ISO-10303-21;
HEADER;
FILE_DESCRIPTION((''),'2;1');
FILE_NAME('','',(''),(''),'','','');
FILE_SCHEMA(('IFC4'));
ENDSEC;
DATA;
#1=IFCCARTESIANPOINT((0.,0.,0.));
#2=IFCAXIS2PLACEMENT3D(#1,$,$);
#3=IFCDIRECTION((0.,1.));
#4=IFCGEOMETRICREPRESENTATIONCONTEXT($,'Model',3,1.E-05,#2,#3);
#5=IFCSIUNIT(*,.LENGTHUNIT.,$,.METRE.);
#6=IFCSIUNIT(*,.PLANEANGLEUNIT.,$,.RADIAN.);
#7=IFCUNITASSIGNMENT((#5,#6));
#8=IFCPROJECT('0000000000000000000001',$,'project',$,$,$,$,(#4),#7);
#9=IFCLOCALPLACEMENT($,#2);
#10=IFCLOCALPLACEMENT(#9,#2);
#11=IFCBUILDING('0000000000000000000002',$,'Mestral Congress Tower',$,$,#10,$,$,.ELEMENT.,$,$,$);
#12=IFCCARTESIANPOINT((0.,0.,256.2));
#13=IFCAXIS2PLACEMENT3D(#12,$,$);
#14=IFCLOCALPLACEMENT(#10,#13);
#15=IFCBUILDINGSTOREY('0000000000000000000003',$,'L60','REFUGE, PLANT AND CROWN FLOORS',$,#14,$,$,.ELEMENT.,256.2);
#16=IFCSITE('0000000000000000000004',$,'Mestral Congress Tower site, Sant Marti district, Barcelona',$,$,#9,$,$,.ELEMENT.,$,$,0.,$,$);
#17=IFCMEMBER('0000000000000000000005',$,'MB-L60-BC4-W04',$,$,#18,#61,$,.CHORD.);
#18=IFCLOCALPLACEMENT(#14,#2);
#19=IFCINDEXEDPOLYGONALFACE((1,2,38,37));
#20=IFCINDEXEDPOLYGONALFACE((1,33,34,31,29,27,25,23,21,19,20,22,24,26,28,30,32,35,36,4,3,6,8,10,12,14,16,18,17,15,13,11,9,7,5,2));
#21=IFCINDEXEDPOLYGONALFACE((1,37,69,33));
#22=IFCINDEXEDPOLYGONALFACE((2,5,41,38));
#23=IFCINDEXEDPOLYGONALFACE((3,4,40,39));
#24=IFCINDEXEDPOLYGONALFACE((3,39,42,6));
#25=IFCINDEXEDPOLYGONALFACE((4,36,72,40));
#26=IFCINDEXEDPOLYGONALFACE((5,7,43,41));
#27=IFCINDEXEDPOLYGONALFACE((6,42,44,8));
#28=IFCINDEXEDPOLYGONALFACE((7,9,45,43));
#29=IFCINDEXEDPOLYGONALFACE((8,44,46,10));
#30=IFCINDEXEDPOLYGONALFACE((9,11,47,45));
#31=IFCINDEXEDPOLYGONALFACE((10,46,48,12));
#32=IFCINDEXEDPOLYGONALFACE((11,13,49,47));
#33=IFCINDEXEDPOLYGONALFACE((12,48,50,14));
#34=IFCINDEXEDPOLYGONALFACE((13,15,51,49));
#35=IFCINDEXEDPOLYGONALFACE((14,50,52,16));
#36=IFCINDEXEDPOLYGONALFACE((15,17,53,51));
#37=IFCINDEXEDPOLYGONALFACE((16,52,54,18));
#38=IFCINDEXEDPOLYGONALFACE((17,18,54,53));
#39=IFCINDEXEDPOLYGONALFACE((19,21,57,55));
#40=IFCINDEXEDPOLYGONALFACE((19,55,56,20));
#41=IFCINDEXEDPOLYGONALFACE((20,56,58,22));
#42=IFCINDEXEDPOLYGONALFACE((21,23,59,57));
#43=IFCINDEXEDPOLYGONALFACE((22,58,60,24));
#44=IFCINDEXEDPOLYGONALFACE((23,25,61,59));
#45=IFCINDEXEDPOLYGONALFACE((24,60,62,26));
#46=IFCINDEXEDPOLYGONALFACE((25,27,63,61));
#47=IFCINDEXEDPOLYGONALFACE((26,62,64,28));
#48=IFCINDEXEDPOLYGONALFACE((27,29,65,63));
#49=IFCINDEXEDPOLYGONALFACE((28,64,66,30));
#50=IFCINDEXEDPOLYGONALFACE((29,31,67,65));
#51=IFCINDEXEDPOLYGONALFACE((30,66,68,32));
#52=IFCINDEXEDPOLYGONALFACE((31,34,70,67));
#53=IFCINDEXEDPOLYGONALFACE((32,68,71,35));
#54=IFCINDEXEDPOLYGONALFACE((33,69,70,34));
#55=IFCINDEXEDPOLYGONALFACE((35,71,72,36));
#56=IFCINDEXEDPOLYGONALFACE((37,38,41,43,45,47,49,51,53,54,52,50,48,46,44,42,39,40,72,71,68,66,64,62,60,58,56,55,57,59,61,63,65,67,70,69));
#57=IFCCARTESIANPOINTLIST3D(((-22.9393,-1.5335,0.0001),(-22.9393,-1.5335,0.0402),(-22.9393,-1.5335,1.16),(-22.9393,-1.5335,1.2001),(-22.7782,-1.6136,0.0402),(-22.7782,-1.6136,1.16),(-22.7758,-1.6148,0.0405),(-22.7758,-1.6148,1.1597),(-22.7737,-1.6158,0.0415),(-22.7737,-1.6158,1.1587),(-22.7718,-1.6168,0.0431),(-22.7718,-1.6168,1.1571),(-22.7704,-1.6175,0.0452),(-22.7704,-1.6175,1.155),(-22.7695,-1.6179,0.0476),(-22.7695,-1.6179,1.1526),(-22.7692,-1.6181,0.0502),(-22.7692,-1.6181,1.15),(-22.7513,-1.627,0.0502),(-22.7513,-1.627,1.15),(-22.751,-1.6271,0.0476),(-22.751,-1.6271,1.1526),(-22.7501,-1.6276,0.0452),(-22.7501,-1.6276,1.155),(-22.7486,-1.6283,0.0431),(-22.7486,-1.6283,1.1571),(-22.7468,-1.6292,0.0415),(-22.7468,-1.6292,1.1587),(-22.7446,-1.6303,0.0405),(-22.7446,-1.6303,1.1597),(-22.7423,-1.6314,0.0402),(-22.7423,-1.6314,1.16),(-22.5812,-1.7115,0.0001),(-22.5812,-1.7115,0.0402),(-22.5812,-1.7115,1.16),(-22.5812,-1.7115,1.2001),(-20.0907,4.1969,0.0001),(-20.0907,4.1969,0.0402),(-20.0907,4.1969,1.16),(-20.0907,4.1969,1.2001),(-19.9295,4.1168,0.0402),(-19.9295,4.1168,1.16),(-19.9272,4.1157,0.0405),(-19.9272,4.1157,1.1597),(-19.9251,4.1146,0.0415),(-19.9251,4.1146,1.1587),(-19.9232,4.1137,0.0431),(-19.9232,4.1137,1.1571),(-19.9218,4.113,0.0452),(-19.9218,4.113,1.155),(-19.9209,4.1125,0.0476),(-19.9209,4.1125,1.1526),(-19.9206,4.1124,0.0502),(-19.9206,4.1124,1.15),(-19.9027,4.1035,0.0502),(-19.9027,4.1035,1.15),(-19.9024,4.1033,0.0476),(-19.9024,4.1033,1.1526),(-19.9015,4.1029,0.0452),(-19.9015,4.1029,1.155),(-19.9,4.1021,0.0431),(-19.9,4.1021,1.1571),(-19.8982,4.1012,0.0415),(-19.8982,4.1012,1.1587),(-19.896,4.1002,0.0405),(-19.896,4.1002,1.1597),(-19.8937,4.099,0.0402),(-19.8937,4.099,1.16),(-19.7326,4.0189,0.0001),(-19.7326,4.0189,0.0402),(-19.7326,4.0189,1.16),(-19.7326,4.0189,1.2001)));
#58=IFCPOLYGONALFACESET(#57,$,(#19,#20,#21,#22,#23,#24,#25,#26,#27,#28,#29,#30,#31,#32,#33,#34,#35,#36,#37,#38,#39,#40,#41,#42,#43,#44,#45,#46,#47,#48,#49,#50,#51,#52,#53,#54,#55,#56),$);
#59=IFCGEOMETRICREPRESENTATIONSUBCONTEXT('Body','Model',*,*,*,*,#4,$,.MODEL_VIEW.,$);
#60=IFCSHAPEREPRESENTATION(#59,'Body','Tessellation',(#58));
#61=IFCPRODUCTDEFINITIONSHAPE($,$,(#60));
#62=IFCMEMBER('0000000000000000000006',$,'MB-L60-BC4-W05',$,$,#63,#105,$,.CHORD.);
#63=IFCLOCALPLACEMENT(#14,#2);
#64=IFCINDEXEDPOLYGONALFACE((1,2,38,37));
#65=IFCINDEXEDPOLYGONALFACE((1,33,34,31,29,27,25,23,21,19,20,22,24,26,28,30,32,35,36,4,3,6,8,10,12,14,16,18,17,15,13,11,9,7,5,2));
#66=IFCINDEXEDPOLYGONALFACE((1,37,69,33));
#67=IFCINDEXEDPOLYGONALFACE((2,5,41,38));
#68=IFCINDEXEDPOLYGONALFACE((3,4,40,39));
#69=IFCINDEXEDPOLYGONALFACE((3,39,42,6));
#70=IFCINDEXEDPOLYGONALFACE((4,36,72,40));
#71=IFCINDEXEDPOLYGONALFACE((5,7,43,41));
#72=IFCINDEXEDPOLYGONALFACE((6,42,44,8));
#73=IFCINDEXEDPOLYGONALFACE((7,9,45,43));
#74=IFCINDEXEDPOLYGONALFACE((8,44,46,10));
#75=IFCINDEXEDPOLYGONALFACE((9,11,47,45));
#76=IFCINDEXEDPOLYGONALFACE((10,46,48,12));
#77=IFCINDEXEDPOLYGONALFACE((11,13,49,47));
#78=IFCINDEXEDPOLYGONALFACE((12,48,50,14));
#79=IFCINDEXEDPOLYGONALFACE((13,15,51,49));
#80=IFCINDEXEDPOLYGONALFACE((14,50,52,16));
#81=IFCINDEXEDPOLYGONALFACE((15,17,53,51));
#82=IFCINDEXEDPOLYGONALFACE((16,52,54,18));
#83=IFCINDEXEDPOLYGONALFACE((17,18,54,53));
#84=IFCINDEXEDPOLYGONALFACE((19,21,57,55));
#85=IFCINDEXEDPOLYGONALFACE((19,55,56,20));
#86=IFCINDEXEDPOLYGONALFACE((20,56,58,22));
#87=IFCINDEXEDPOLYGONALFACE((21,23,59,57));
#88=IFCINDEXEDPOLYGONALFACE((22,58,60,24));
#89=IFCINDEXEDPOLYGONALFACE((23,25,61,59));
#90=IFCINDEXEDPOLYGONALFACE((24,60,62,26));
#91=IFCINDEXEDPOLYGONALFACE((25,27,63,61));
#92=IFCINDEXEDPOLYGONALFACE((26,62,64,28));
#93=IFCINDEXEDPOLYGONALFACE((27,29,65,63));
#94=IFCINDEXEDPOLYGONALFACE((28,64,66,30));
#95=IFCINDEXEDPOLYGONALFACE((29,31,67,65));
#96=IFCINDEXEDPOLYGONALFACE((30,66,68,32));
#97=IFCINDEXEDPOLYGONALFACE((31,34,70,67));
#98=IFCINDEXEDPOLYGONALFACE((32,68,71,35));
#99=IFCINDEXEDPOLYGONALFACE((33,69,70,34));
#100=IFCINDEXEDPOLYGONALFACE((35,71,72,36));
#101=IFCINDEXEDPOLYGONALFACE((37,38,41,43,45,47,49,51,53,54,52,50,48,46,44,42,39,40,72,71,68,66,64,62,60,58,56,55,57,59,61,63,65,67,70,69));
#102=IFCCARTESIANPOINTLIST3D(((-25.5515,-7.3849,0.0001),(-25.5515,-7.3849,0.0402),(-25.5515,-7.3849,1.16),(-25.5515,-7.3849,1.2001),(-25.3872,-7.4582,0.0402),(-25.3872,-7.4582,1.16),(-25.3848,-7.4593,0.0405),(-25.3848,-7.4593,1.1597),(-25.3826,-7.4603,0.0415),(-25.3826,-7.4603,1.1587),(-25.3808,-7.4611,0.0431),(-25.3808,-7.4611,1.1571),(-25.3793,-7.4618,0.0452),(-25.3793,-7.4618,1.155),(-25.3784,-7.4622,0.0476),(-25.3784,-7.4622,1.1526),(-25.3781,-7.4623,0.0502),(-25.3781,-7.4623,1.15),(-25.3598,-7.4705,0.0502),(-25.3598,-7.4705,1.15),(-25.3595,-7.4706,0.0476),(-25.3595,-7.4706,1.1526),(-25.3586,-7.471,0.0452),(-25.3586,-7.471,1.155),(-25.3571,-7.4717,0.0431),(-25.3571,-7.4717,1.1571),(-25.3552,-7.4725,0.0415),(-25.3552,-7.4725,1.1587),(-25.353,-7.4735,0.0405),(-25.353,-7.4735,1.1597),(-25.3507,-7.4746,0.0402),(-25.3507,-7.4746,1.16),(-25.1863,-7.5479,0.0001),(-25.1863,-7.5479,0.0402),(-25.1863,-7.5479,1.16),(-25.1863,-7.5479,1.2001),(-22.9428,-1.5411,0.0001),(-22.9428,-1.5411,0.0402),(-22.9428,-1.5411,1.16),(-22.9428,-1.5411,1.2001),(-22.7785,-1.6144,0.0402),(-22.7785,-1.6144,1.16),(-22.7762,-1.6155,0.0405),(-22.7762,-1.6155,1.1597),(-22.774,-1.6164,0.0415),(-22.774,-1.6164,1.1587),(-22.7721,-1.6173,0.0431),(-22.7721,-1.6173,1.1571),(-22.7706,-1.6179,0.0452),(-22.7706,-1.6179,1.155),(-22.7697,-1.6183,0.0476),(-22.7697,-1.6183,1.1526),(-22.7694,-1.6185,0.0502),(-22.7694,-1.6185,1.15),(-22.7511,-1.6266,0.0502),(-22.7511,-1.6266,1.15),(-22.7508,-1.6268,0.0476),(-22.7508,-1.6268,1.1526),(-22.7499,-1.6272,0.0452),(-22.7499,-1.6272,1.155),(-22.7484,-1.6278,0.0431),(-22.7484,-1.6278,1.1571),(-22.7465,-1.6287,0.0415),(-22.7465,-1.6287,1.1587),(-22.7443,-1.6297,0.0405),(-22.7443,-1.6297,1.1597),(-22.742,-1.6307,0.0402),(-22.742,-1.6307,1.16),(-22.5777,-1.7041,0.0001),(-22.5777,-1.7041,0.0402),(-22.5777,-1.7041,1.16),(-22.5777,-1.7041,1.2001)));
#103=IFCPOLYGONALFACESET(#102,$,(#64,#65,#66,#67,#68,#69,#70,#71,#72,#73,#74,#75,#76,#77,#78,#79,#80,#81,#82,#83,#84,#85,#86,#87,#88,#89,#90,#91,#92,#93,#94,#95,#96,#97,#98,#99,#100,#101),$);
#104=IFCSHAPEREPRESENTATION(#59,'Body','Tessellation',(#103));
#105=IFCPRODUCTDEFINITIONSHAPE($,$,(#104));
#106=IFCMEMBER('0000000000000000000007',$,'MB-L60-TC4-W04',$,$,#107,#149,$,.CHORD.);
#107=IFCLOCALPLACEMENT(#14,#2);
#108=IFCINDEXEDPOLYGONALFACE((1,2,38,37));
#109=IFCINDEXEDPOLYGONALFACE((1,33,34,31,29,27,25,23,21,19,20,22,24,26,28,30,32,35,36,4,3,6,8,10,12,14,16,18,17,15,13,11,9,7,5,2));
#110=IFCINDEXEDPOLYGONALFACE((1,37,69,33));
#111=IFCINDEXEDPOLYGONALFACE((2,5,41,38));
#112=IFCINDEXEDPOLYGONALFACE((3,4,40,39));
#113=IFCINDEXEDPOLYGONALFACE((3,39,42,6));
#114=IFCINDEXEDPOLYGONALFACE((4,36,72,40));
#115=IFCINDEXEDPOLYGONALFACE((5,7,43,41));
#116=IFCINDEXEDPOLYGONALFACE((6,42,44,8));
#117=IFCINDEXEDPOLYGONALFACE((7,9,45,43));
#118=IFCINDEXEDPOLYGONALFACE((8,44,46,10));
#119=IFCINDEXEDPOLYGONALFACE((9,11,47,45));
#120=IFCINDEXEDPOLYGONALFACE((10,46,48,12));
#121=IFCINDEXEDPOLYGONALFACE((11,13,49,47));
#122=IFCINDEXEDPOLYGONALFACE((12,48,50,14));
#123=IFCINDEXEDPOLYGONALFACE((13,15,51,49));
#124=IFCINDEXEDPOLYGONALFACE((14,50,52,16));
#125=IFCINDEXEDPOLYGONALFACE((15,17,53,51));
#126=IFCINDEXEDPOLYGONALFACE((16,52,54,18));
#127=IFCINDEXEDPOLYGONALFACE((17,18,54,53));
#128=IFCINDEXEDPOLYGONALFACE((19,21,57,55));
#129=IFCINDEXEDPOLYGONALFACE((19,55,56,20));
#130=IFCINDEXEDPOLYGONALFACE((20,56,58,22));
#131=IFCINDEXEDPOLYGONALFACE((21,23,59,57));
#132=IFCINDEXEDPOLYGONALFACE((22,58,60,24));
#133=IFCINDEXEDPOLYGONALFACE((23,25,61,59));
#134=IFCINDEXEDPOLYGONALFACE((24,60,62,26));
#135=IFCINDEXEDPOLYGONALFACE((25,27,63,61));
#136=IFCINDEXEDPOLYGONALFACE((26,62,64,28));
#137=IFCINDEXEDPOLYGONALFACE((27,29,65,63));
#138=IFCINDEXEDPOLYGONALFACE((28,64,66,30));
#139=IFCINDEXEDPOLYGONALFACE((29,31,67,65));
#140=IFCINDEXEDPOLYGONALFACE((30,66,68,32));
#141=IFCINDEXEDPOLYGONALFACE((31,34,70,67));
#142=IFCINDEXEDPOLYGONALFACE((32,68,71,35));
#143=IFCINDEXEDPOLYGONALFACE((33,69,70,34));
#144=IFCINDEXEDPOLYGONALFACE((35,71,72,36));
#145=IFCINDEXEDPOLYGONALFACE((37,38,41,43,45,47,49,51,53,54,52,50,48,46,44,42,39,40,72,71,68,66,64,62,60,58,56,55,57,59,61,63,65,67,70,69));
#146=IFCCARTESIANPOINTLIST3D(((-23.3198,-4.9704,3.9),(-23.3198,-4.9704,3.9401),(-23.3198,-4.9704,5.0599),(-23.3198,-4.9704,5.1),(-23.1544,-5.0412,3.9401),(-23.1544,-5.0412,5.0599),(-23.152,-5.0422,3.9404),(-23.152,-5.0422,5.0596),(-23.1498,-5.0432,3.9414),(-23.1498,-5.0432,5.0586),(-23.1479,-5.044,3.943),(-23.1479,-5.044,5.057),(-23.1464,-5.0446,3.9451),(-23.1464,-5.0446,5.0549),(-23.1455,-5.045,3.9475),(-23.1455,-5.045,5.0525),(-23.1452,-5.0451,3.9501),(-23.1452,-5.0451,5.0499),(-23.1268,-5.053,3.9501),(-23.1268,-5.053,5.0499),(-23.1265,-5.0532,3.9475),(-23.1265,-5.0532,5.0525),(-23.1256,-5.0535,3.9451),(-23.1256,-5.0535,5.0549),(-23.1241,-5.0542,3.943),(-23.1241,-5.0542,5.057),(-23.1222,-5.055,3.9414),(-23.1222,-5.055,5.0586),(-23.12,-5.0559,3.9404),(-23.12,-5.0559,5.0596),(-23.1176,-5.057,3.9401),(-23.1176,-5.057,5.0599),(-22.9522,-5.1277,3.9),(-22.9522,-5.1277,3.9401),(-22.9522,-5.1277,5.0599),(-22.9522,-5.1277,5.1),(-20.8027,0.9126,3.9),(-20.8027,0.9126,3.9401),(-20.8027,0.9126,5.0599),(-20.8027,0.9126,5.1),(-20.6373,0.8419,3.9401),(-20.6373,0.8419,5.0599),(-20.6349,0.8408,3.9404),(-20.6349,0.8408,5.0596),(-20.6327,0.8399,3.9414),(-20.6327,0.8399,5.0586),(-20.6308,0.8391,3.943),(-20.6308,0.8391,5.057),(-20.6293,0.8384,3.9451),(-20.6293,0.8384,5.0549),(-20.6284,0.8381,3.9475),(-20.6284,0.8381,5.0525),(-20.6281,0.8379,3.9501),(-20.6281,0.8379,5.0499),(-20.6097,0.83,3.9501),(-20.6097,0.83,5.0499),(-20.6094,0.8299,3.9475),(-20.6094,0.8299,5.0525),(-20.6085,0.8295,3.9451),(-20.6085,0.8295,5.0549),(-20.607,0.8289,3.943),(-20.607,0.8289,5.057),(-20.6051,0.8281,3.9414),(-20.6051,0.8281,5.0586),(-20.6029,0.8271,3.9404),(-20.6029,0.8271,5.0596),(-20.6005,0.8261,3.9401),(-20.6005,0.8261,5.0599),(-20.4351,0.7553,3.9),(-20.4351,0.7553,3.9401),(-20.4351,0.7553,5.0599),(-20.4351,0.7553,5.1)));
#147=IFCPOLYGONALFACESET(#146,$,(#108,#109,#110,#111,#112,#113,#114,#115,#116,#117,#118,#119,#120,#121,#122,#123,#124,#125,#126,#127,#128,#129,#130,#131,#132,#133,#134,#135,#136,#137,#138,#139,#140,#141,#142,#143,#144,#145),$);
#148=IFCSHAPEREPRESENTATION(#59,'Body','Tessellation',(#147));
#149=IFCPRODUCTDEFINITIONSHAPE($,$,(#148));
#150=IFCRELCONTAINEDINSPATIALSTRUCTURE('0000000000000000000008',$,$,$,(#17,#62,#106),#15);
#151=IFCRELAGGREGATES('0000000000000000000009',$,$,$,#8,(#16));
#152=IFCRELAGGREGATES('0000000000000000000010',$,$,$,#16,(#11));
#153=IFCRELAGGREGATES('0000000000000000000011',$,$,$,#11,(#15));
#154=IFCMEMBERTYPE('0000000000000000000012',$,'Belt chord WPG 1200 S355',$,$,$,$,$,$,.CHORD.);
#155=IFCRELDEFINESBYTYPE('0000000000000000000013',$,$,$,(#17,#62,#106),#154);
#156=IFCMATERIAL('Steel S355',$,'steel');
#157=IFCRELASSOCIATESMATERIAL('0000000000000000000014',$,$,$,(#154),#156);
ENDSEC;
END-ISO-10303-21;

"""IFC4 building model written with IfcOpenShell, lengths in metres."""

from ifc_helpers import new_model, si_unit, direction, frame, origin, origin_2d, place, context, subcontext, project, spatial, i_section, extrude, material, material_profile, profile_set, type_object, element, save


model = new_model("IFC4")

# Units and contexts
model_context = context("Model", 3, precision=1e-05, world=origin(), true_north=direction((0.0, 1.0)))
body_context = subcontext(model_context, "Body", "Model", "MODEL_VIEW")
ifc_project = project(units=[si_unit("LENGTHUNIT", "METRE"), si_unit("PLANEANGLEUNIT", "RADIAN")], contexts=[model_context])

# Site, building, storey
site_placement = place(None, origin())
site = spatial("IfcSite", under=ifc_project, at=site_placement, Name="Mestral Congress Tower site, Sant Marti district, Barcelona", CompositionType="ELEMENT", RefElevation=0.0)
building_placement = place(site_placement, origin())
building = spatial("IfcBuilding", under=site, at=building_placement, Name="Mestral Congress Tower", CompositionType="ELEMENT")
storey_placement = place(building_placement, frame((0.0, 0.0, 256.2)))
storey = spatial("IfcBuildingStorey", under=building, at=storey_placement, Name="L60", Description="REFUGE, PLANT AND CROWN FLOORS", CompositionType="ELEMENT", Elevation=256.2)

# Members
ifc_material_1 = material(Name="Steel S355", Category="steel")
ifc_material_profile_1 = material_profile(ifc_material_1, i_section(OverallWidth=0.3999, OverallDepth=1.2, WebThickness=0.02, FlangeThickness=0.04, FilletRadius=0.01, at=origin_2d()), Name="WPG 1200")
ifc_profile_set_1 = profile_set([ifc_material_profile_1], Name="Steel S355")
member_type_1 = type_object("IfcMemberType", Name="Belt chord WPG 1200 S355", PredefinedType="CHORD", material=ifc_profile_set_1)
member_1_placement = place(storey_placement, frame((-19.9116, 4.1079, 0.6001), z_axis=(-0.445137, -0.895462, 0.0), x_axis=(0.895462, -0.445137, 0.0)))
element("IfcMember", 1, at=member_1_placement, inside=storey, type_object=member_type_1, Name="MB-L60-BC4-W04", PredefinedType="CHORD", context=body_context, shape_type="SweptSolid", body=[
    extrude(i_section(OverallWidth=0.3999, OverallDepth=1.2, WebThickness=0.02, FlangeThickness=0.04, FilletRadius=0.01, at=origin_2d()), origin(), (0.0, 0.0, 1.0), 6.3994),
])
member_2_placement = place(storey_placement, frame((-22.7603, -1.6226, 0.6001), z_axis=(-0.407628, -0.913148, 0.0), x_axis=(0.913148, -0.407628, 0.0)))
element("IfcMember", 2, at=member_2_placement, inside=storey, type_object=member_type_1, Name="MB-L60-BC4-W05", PredefinedType="CHORD", context=body_context, shape_type="SweptSolid", body=[
    extrude(i_section(OverallWidth=0.3999, OverallDepth=1.2, WebThickness=0.02, FlangeThickness=0.04, FilletRadius=0.01, at=origin_2d()), origin(), (0.0, 0.0, 1.0), 6.3997),
])
member_3_placement = place(storey_placement, frame((-20.6189, 0.834, 4.5), z_axis=(-0.393362, -0.919384, 0.0), x_axis=(0.919384, -0.393362, 0.0)))
element("IfcMember", 3, at=member_3_placement, inside=storey, type_object=member_type_1, Name="MB-L60-TC4-W04", PredefinedType="CHORD", context=body_context, shape_type="SweptSolid", body=[
    extrude(i_section(OverallWidth=0.3999, OverallDepth=1.2, WebThickness=0.02, FlangeThickness=0.04, FilletRadius=0.01, at=origin_2d()), origin(), (0.0, 0.0, 1.0), 6.3989),
])

save(model, "model.ifc")
